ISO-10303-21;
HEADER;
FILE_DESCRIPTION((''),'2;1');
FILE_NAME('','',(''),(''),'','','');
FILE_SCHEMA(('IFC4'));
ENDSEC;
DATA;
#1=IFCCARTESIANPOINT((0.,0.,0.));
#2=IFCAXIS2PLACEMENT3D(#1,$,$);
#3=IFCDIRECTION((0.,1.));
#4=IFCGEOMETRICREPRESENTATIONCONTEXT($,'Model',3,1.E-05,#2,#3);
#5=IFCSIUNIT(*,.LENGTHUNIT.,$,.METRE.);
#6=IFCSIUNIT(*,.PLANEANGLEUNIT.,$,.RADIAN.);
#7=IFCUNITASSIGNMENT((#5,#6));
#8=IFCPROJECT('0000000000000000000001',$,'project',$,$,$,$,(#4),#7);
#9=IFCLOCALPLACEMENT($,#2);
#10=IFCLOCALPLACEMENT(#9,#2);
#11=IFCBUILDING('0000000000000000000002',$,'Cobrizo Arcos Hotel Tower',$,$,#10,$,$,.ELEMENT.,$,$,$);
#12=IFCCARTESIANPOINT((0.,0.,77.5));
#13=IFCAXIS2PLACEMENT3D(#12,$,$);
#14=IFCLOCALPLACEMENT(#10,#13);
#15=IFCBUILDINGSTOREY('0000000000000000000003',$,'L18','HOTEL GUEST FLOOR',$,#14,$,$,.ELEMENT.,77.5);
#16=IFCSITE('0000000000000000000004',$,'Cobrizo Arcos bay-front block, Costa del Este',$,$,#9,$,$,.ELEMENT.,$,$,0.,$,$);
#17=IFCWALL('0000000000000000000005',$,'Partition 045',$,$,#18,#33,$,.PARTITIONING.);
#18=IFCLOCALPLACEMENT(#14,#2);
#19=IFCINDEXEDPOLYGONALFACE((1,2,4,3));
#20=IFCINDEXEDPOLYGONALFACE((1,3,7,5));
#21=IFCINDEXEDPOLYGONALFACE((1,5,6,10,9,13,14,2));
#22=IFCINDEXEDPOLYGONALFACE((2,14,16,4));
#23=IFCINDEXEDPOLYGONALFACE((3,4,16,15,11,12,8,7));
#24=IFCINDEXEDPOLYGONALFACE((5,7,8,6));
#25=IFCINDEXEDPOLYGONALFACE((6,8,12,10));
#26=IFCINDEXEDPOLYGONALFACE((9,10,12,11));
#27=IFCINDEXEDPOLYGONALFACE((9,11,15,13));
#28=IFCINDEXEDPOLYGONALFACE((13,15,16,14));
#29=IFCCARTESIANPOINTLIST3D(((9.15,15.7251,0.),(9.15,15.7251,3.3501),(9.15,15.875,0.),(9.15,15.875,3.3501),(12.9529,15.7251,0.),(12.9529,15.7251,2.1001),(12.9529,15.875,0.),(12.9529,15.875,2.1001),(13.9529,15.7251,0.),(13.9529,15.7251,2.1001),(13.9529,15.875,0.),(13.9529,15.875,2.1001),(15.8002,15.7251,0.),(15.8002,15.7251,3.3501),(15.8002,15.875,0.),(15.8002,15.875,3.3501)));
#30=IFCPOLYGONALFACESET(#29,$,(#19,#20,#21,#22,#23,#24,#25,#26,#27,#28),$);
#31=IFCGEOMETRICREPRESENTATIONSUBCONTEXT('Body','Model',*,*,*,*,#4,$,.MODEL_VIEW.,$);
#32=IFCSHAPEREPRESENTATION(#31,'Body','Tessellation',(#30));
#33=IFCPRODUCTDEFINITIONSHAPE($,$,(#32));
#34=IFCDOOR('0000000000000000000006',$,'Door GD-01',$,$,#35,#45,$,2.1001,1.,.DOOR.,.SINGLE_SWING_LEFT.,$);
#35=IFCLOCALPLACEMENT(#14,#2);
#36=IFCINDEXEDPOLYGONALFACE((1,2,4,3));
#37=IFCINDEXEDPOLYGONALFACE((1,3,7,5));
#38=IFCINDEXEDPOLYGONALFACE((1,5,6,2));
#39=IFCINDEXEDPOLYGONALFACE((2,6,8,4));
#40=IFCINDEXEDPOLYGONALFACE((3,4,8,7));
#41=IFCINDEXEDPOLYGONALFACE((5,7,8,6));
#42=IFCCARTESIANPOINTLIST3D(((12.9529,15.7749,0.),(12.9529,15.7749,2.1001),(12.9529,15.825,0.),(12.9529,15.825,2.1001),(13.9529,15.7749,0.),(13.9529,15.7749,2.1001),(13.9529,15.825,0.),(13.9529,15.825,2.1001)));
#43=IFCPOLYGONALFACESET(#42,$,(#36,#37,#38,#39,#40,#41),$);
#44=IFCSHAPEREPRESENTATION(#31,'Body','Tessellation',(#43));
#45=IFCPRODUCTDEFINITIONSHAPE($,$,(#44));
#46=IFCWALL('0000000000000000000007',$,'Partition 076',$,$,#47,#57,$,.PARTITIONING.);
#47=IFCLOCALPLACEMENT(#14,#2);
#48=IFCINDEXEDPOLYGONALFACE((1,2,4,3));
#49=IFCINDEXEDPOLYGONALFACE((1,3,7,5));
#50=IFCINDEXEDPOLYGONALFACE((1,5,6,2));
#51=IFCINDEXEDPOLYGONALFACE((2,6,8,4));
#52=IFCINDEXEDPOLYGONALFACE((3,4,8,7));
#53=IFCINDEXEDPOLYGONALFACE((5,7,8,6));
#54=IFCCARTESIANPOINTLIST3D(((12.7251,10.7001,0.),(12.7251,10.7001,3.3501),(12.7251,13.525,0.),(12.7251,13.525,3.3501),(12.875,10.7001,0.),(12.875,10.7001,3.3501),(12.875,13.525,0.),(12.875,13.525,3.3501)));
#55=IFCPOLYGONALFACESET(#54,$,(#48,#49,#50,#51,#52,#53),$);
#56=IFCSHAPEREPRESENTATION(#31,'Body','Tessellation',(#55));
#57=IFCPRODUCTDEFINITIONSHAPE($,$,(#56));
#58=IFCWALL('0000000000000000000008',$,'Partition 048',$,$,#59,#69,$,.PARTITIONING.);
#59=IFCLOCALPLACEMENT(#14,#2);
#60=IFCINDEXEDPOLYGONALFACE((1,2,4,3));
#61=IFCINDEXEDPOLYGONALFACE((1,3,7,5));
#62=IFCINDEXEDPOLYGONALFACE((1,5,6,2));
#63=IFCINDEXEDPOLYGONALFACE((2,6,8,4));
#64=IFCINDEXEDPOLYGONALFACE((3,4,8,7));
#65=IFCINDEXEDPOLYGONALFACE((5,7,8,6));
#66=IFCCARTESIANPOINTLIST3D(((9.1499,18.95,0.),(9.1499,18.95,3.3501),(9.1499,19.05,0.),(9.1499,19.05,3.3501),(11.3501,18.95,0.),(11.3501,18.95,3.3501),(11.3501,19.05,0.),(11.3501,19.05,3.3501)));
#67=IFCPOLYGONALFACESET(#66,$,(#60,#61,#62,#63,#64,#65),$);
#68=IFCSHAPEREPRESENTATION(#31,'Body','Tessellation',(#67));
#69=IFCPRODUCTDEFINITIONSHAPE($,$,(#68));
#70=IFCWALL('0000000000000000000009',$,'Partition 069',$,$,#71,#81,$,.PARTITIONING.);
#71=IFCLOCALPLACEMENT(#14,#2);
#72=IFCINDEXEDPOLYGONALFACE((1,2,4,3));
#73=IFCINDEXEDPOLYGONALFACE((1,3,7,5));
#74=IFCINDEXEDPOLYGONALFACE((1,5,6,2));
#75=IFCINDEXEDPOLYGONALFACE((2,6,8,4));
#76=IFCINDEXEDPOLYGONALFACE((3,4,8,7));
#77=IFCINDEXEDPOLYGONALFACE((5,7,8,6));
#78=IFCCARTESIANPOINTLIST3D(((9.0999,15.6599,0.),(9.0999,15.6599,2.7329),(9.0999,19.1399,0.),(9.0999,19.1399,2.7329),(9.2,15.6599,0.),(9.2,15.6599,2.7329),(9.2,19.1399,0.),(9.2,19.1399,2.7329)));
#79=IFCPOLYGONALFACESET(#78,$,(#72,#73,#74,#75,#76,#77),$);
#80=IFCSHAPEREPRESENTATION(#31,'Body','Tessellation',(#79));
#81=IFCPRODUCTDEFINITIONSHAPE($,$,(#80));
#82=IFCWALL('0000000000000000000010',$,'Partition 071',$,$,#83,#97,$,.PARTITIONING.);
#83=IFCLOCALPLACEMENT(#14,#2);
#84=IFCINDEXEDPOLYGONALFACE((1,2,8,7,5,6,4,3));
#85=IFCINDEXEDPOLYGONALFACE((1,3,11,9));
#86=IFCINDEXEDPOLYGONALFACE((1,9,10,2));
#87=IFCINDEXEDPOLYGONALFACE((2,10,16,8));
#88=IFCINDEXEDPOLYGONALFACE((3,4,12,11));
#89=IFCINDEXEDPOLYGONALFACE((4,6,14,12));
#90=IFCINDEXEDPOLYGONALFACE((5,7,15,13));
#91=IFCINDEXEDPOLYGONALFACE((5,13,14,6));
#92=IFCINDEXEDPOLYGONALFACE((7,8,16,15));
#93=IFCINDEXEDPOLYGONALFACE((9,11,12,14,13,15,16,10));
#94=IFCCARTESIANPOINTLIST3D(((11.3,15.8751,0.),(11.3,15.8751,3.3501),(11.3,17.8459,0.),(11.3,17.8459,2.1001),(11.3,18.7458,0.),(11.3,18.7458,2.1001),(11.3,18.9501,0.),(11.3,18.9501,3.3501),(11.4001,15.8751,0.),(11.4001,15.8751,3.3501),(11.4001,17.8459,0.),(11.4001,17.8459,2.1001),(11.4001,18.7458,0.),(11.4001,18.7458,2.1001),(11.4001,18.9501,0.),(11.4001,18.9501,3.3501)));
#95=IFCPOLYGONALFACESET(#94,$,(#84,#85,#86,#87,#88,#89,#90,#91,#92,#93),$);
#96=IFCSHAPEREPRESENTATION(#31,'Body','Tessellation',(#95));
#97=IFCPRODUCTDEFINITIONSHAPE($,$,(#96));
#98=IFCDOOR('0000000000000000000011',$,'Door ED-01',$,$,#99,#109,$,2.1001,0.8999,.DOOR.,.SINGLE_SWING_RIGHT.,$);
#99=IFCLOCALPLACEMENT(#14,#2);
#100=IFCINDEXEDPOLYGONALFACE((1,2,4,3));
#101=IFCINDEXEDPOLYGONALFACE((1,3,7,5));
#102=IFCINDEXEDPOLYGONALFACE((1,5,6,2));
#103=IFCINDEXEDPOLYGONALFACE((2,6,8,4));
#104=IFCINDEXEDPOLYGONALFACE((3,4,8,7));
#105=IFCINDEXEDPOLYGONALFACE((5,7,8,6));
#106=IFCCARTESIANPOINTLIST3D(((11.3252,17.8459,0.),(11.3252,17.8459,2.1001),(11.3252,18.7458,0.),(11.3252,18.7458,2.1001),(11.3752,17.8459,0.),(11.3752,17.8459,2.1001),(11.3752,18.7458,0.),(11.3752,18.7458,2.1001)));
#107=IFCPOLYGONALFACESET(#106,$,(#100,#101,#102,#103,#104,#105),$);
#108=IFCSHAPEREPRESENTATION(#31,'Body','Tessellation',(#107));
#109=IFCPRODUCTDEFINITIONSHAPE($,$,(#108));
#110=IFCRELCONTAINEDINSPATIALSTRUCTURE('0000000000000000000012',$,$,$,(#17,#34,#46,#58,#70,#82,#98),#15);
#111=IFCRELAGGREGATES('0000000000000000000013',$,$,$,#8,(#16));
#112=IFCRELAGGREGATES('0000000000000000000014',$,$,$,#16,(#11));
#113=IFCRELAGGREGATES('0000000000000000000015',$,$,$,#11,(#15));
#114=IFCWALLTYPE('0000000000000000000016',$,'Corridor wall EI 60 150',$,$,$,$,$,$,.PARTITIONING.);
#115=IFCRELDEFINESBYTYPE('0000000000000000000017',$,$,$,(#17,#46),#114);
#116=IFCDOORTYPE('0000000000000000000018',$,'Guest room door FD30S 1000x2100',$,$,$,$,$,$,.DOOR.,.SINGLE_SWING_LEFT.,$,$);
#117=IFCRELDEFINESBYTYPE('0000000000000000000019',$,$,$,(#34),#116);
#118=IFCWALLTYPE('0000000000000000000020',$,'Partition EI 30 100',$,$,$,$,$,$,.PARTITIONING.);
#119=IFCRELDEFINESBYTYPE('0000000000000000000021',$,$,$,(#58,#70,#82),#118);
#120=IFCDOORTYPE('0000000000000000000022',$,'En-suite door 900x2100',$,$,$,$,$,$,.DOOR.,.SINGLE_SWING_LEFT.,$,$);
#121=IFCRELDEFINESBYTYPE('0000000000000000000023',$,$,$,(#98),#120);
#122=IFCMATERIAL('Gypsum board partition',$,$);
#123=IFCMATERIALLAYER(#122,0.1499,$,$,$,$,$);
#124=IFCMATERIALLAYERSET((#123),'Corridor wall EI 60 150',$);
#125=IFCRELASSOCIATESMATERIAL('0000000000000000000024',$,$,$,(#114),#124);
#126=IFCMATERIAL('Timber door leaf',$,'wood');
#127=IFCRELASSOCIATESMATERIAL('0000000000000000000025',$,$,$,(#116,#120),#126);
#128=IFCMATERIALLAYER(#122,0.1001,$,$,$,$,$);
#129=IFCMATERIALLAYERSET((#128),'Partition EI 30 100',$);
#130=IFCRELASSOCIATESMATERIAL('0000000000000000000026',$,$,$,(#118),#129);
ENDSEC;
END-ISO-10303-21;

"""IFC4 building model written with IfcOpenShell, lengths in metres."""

from ifc_helpers import new_model, si_unit, direction, frame, frame_2d, origin, place, context, subcontext, project, spatial, rectangle, extrude, material, layer, layer_set, type_object, element, fill, save


model = new_model("IFC4")

# Units and contexts
model_context = context("Model", 3, precision=1e-05, world=origin(), true_north=direction((0.0, 1.0)))
body_context = subcontext(model_context, "Body", "Model", "MODEL_VIEW")
ifc_project = project(units=[si_unit("LENGTHUNIT", "METRE"), si_unit("PLANEANGLEUNIT", "RADIAN")], contexts=[model_context])

# Site, building, storey
site_placement = place(None, origin())
site = spatial("IfcSite", under=ifc_project, at=site_placement, Name="Cobrizo Arcos bay-front block, Costa del Este", CompositionType="ELEMENT", RefElevation=0.0)
building_placement = place(site_placement, origin())
building = spatial("IfcBuilding", under=site, at=building_placement, Name="Cobrizo Arcos Hotel Tower", CompositionType="ELEMENT")
storey_placement = place(building_placement, frame((0.0, 0.0, 77.5)))
storey = spatial("IfcBuildingStorey", under=building, at=storey_placement, Name="L18", Description="HOTEL GUEST FLOOR", CompositionType="ELEMENT", Elevation=77.5)

# Wall, opening, door
ifc_material_1 = material(Name="Gypsum board partition")
ifc_layer_1 = layer(ifc_material_1, 0.1499)
ifc_layer_set_1 = layer_set([ifc_layer_1], Name="Corridor wall EI 60 150")
wall_type_1 = type_object("IfcWallType", Name="Corridor wall EI 60 150", PredefinedType="PARTITIONING", material=ifc_layer_set_1)
ifc_material_2 = material(Name="Timber door leaf", Category="wood")
wall_1_placement = place(storey_placement, frame((9.1499, 15.8, 0.0), z_axis=(0.0, 0.0, 1.0), x_axis=(1.0, 0.0, 0.0)))
wall_1 = element("IfcWall", 1, at=wall_1_placement, inside=storey, type_object=wall_type_1, Name="Partition 045", PredefinedType="PARTITIONING", context=body_context, shape_type="SweptSolid", body=[
    extrude(rectangle(XDim=6.6501, YDim=0.1499, at=frame_2d((3.3252, 0.0))), origin(), (0.0, 0.0, 1.0), 3.3501),
])
opening_1_placement = place(wall_1_placement, frame((3.803, 0.0, 0.0)))
opening_1 = element("IfcOpeningElement", 2, at=opening_1_placement, cuts=wall_1, PredefinedType="OPENING", context=body_context, shape_type="SweptSolid", body=[
    extrude(rectangle(XDim=1.0, YDim=2.1001, at=frame_2d((0.5, 1.05))), frame((0.0, 0.0869, 0.0), z_axis=(0.0, -1.0, 0.0), x_axis=(1.0, 0.0, 0.0)), (0.0, 0.0, 1.0), 0.1738),
])
door_type_1 = type_object("IfcDoorType", Name="Guest room door FD30S 1000x2100", OperationType="SINGLE_SWING_LEFT", PredefinedType="DOOR", material=ifc_material_2)
door_1_placement = place(opening_1_placement, origin())
door_1 = element("IfcDoor", 3, at=door_1_placement, inside=storey, type_object=door_type_1, Name="Door GD-01", OperationType="SINGLE_SWING_LEFT", OverallHeight=2.1001, OverallWidth=1.0, PredefinedType="DOOR", context=body_context, shape_type="SweptSolid", body=[
    extrude(rectangle(XDim=1.0, YDim=2.1001, at=frame_2d((0.5, 1.05))), frame((0.0, 0.0249, 0.0), z_axis=(0.0, -1.0, 0.0), x_axis=(1.0, 0.0, 0.0)), (0.0, 0.0, 1.0), 0.05),
])
fill(opening_1, door_1)

# Walls
wall_2_placement = place(storey_placement, frame((12.8, 10.7, 0.0), z_axis=(0.0, 0.0, 1.0), x_axis=(0.0, 1.0, 0.0)))
element("IfcWall", 4, at=wall_2_placement, inside=storey, type_object=wall_type_1, Name="Partition 076", PredefinedType="PARTITIONING", context=body_context, shape_type="SweptSolid", body=[
    extrude(rectangle(XDim=2.825, YDim=0.1499, at=frame_2d((1.4126, 0.0))), origin(), (0.0, 0.0, 1.0), 3.3501),
])
ifc_layer_2 = layer(ifc_material_1, 0.1001)
ifc_layer_set_2 = layer_set([ifc_layer_2], Name="Partition EI 30 100")
wall_type_2 = type_object("IfcWallType", Name="Partition EI 30 100", PredefinedType="PARTITIONING", material=ifc_layer_set_2)
wall_3_placement = place(storey_placement, frame((9.1499, 19.0, 0.0), z_axis=(0.0, 0.0, 1.0), x_axis=(1.0, 0.0, 0.0)))
element("IfcWall", 5, at=wall_3_placement, inside=storey, type_object=wall_type_2, Name="Partition 048", PredefinedType="PARTITIONING", context=body_context, shape_type="SweptSolid", body=[
    extrude(rectangle(XDim=2.2002, YDim=0.1001, at=frame_2d((1.1001, 0.0))), origin(), (0.0, 0.0, 1.0), 3.3501),
])
wall_4_placement = place(storey_placement, frame((9.1499, 15.6599, 0.0), z_axis=(0.0, 0.0, 1.0), x_axis=(0.0, 1.0, 0.0)))
element("IfcWall", 6, at=wall_4_placement, inside=storey, type_object=wall_type_2, Name="Partition 069", PredefinedType="PARTITIONING", context=body_context, shape_type="SweptSolid", body=[
    extrude(rectangle(XDim=3.48, YDim=0.1001, at=frame_2d((1.74, 0.0))), origin(), (0.0, 0.0, 1.0), 2.7329),
])

# Wall, opening, door
wall_5_placement = place(storey_placement, frame((11.3501, 15.875, 0.0), z_axis=(0.0, 0.0, 1.0), x_axis=(0.0, 1.0, 0.0)))
wall_5 = element("IfcWall", 7, at=wall_5_placement, inside=storey, type_object=wall_type_2, Name="Partition 071", PredefinedType="PARTITIONING", context=body_context, shape_type="SweptSolid", body=[
    extrude(rectangle(XDim=3.075, YDim=0.1001, at=frame_2d((1.5376, 0.0))), origin(), (0.0, 0.0, 1.0), 3.3501),
])
opening_2_placement = place(wall_5_placement, frame((1.9709, 0.0, 0.0)))
opening_2 = element("IfcOpeningElement", 8, at=opening_2_placement, cuts=wall_5, PredefinedType="OPENING", context=body_context, shape_type="SweptSolid", body=[
    extrude(rectangle(XDim=0.8999, YDim=2.1001, at=frame_2d((0.45, 1.05))), frame((0.0, 0.062, 0.0), z_axis=(0.0, -1.0, 0.0), x_axis=(1.0, 0.0, 0.0)), (0.0, 0.0, 1.0), 0.124),
])
door_type_2 = type_object("IfcDoorType", Name="En-suite door 900x2100", OperationType="SINGLE_SWING_LEFT", PredefinedType="DOOR", material=ifc_material_2)
door_2_placement = place(opening_2_placement, origin())
door_2 = element("IfcDoor", 9, at=door_2_placement, inside=storey, type_object=door_type_2, Name="Door ED-01", OperationType="SINGLE_SWING_RIGHT", OverallHeight=2.1001, OverallWidth=0.8999, PredefinedType="DOOR", context=body_context, shape_type="SweptSolid", body=[
    extrude(rectangle(XDim=0.8999, YDim=2.1001, at=frame_2d((0.45, 1.05))), frame((0.0, 0.0249, 0.0), z_axis=(0.0, -1.0, 0.0), x_axis=(1.0, 0.0, 0.0)), (0.0, 0.0, 1.0), 0.05),
])
fill(opening_2, door_2)

save(model, "model.ifc")
